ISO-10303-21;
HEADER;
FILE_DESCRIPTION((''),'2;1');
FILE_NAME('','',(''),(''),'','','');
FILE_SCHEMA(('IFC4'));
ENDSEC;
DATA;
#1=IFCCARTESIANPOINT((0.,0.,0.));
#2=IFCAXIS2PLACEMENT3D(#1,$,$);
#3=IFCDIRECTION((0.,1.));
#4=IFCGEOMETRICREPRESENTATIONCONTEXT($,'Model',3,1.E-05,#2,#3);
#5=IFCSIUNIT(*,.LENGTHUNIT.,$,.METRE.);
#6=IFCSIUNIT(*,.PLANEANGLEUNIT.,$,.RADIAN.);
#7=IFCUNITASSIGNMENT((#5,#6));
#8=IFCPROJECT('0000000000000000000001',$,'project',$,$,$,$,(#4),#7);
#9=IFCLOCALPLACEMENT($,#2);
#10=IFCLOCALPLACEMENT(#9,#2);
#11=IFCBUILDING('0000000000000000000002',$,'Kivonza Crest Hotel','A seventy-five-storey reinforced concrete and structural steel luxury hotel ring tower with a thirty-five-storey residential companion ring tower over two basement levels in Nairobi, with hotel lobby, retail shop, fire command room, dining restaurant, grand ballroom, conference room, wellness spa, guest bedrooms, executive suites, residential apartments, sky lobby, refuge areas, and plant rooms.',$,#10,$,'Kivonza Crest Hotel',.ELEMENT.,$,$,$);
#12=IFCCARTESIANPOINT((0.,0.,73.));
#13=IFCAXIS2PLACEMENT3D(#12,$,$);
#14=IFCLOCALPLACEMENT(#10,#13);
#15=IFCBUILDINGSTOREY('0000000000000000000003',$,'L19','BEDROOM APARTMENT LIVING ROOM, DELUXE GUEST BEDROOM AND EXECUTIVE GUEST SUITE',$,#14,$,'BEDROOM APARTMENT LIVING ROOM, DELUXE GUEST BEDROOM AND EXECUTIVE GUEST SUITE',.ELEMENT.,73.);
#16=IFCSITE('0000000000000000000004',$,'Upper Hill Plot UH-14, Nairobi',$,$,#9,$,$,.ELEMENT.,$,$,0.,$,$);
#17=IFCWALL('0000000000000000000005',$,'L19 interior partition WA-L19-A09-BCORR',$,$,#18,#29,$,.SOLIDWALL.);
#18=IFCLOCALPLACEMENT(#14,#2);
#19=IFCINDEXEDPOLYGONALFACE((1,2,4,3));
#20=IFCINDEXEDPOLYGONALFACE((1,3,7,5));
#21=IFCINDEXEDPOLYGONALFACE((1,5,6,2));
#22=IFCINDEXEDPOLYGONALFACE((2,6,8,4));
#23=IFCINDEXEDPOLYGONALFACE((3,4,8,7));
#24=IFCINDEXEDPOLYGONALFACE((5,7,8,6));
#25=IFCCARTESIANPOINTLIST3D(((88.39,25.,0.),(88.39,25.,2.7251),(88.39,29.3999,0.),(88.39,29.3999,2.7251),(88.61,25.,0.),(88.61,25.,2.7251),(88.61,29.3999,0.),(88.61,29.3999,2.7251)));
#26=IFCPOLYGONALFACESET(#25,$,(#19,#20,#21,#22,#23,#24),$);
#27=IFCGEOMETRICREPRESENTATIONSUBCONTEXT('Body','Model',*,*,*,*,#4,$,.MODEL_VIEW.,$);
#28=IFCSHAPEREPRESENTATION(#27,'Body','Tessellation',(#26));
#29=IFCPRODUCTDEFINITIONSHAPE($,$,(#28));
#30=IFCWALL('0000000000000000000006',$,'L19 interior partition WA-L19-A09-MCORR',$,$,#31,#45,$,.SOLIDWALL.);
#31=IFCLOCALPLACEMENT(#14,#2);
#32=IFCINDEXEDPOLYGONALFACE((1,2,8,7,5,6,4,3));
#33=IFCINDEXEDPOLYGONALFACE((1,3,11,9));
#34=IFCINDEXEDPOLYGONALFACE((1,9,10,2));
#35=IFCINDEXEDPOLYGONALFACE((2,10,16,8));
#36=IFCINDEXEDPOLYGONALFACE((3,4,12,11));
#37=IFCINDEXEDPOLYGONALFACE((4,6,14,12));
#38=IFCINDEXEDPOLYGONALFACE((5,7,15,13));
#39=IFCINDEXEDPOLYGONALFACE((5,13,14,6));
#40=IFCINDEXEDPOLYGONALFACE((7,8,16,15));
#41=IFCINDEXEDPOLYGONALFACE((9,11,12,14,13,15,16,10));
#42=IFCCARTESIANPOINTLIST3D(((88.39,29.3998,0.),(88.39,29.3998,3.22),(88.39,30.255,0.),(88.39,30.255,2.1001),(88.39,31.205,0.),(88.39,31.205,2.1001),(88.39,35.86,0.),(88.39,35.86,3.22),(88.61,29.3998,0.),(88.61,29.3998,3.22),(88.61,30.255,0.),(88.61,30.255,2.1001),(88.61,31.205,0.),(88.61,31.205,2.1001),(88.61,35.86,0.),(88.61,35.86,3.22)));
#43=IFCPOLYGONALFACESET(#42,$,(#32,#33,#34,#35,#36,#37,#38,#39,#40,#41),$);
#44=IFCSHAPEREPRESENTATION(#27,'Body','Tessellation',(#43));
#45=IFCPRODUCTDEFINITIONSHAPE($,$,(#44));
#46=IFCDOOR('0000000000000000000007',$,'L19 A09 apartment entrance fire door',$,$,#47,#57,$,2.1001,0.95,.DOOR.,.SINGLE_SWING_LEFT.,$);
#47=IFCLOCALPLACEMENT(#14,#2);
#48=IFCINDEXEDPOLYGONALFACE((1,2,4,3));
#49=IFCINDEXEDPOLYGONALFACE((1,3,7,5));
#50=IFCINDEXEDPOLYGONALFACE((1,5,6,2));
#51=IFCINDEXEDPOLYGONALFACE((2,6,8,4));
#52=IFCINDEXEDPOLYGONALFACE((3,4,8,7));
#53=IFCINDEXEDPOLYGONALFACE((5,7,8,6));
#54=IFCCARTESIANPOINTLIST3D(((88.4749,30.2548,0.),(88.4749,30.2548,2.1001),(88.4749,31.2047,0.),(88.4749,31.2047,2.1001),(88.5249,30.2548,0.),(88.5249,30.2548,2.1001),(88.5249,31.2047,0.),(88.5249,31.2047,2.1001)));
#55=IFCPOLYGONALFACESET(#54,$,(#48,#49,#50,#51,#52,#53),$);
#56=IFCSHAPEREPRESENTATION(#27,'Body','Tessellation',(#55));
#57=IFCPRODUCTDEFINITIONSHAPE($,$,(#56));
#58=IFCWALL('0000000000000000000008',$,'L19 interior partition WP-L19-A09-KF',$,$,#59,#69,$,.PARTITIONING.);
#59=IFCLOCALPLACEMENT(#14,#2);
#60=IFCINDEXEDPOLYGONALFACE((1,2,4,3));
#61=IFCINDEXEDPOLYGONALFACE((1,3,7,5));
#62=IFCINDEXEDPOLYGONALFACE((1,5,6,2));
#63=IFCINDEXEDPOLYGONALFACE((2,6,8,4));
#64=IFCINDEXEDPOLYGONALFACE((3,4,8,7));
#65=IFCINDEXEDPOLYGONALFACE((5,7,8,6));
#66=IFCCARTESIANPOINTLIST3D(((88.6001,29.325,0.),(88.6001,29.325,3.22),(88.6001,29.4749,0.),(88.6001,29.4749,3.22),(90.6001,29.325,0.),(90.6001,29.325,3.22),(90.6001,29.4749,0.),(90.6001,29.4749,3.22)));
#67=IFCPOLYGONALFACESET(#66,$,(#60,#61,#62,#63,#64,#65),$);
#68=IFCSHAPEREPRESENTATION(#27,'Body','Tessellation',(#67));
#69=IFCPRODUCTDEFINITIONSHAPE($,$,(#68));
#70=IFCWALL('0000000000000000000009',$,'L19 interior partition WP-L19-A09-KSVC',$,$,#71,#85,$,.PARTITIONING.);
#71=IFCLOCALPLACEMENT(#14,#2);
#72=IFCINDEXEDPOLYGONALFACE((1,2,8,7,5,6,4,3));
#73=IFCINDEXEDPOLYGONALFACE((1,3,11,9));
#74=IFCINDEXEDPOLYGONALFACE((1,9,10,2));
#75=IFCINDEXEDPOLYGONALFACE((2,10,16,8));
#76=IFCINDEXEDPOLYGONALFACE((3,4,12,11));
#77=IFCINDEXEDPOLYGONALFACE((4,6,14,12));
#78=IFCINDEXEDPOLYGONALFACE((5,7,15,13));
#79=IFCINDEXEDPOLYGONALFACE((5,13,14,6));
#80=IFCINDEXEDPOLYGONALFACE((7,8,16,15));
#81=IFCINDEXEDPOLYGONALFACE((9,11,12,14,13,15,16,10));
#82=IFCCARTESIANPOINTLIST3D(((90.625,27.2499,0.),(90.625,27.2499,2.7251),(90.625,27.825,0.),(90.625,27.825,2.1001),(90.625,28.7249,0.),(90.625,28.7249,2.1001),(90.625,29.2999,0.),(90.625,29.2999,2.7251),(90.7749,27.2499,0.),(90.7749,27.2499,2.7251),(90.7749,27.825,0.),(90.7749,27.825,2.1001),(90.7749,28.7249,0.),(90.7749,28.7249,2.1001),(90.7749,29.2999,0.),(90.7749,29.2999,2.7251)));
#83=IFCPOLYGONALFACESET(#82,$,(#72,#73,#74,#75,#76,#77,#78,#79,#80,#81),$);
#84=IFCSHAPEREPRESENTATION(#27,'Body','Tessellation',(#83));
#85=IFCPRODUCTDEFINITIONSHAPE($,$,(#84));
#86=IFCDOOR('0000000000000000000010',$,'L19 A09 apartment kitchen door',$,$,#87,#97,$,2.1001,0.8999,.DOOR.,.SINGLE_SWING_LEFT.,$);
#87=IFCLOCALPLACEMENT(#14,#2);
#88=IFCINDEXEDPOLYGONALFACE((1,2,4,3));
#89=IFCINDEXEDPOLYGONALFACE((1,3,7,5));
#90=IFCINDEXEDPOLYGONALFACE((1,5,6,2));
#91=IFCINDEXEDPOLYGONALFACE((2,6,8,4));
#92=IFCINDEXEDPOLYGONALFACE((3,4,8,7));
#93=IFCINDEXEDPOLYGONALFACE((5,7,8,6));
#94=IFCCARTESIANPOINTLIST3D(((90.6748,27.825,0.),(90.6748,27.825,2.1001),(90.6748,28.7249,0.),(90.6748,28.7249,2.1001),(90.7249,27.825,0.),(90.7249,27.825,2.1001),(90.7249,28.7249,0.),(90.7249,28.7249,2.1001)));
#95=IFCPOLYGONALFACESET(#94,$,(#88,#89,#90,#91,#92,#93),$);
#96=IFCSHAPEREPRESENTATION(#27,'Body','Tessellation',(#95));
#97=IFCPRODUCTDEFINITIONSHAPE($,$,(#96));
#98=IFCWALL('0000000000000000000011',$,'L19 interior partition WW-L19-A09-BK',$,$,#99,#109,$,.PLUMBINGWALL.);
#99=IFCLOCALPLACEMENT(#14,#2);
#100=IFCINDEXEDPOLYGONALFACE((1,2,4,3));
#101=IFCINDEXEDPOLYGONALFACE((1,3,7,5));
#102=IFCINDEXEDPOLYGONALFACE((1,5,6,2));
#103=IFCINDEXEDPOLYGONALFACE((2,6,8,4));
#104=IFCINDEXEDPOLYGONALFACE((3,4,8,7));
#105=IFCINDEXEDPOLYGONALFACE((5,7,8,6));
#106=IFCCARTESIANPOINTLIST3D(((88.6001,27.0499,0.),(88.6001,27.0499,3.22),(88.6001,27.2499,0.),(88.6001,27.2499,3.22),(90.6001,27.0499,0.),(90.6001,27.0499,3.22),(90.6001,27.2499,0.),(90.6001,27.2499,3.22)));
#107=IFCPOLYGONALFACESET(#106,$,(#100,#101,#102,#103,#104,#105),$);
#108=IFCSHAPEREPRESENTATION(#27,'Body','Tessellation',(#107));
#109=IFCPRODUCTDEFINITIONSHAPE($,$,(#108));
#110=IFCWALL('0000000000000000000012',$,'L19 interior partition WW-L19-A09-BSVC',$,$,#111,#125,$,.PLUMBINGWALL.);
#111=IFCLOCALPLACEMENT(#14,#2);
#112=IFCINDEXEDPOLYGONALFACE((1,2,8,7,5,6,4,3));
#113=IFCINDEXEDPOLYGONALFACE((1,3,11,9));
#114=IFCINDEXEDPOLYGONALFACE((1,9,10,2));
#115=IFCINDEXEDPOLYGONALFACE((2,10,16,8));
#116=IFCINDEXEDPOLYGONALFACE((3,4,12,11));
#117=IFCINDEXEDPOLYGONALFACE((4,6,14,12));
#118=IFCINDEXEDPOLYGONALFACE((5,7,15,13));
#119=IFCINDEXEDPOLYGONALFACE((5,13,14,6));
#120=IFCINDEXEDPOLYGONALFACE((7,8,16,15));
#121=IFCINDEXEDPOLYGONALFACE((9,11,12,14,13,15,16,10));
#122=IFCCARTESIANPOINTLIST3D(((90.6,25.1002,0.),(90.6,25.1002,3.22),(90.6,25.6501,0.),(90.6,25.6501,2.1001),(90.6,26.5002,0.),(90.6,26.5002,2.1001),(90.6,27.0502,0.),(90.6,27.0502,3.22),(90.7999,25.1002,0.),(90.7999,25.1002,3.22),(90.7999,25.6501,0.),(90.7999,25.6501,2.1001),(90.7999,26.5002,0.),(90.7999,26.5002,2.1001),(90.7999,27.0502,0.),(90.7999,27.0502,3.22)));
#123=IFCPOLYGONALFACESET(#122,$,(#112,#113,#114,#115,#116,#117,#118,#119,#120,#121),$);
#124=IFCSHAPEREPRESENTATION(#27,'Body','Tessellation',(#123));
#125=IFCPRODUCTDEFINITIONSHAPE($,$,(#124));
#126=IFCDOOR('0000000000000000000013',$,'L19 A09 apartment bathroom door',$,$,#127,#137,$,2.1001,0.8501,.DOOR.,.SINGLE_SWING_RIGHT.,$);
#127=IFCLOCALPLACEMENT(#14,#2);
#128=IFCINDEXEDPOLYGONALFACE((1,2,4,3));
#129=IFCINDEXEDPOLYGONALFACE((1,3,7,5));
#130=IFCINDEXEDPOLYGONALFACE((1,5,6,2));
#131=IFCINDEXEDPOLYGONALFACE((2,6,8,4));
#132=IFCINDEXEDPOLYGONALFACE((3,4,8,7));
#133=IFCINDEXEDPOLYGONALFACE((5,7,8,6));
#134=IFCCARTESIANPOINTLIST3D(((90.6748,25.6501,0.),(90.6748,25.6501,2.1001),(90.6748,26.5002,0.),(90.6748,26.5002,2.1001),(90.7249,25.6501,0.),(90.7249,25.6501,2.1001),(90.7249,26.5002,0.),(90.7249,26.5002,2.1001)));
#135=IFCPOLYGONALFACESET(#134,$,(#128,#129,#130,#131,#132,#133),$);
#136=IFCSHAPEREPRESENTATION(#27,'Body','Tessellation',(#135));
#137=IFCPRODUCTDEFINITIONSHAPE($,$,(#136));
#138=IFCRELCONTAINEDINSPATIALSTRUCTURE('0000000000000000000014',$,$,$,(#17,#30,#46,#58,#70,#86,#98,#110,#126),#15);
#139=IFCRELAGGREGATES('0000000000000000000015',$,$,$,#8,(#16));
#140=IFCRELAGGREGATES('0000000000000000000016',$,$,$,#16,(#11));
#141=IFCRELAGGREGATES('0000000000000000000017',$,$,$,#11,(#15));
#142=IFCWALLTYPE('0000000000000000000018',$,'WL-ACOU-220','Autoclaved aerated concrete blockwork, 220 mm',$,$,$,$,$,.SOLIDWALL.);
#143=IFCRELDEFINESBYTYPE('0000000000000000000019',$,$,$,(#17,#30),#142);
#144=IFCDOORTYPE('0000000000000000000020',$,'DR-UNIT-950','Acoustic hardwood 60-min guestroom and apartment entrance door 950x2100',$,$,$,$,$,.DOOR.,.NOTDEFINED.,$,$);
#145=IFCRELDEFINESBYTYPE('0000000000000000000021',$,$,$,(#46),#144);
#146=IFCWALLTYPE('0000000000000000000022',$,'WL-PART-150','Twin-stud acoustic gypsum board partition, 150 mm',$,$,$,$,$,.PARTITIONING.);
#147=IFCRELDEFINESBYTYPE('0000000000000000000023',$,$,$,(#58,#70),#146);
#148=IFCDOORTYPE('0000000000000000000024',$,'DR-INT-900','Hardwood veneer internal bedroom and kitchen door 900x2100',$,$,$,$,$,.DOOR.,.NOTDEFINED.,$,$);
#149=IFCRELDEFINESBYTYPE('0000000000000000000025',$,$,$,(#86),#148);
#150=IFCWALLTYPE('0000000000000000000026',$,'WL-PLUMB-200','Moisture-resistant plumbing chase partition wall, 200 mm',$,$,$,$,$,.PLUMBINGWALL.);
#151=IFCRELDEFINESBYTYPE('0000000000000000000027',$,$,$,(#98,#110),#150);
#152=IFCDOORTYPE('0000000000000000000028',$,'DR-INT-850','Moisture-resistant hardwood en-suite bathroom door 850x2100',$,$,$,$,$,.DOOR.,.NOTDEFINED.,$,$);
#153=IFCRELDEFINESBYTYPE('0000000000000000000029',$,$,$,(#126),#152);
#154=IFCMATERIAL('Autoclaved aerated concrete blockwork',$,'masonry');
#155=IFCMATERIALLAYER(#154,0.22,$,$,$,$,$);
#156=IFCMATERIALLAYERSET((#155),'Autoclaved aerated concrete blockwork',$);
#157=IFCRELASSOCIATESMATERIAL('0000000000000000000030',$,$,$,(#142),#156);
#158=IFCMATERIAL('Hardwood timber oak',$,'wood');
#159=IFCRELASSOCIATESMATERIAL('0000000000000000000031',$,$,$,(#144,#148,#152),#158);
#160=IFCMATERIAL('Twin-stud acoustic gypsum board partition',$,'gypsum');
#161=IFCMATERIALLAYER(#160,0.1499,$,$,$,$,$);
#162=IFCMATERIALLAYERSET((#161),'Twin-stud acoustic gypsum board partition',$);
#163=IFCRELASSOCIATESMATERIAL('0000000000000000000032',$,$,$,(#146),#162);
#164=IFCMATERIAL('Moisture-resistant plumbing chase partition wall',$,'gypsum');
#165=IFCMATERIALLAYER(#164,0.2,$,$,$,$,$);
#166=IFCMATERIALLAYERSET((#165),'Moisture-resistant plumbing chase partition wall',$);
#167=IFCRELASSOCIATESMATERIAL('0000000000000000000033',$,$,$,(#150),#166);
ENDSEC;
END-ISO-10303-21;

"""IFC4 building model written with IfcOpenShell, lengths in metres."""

from ifc_helpers import new_model, si_unit, direction, frame, frame_2d, origin, place, context, subcontext, project, spatial, rectangle, extrude, material, layer, layer_set, type_object, element, fill, save


model = new_model("IFC4")

# Units and contexts
model_context = context("Model", 3, precision=1e-05, world=origin(), true_north=direction((0.0, 1.0)))
body_context = subcontext(model_context, "Body", "Model", "MODEL_VIEW")
ifc_project = project(units=[si_unit("LENGTHUNIT", "METRE"), si_unit("PLANEANGLEUNIT", "RADIAN")], contexts=[model_context])

# Site, building, storey
site_placement = place(None, origin())
site = spatial("IfcSite", under=ifc_project, at=site_placement, Name="Upper Hill Plot UH-14, Nairobi", CompositionType="ELEMENT", RefElevation=0.0)
building_placement = place(site_placement, origin())
building = spatial("IfcBuilding", under=site, at=building_placement, Name="Kivonza Crest Hotel", Description="A seventy-five-storey reinforced concrete and structural steel luxury hotel ring tower with a thirty-five-storey residential companion ring tower over two basement levels in Nairobi, with hotel lobby, retail shop, fire command room, dining restaurant, grand ballroom, conference room, wellness spa, guest bedrooms, executive suites, residential apartments, sky lobby, refuge areas, and plant rooms.", LongName="Kivonza Crest Hotel", CompositionType="ELEMENT")
storey_placement = place(building_placement, frame((0.0, 0.0, 73.0)))
storey = spatial("IfcBuildingStorey", under=building, at=storey_placement, Name="L19", Description="BEDROOM APARTMENT LIVING ROOM, DELUXE GUEST BEDROOM AND EXECUTIVE GUEST SUITE", LongName="BEDROOM APARTMENT LIVING ROOM, DELUXE GUEST BEDROOM AND EXECUTIVE GUEST SUITE", CompositionType="ELEMENT", Elevation=73.0)

# Wall
ifc_material_1 = material(Name="Autoclaved aerated concrete blockwork", Category="masonry")
ifc_layer_1 = layer(ifc_material_1, 0.22)
ifc_layer_set_1 = layer_set([ifc_layer_1], Name="Autoclaved aerated concrete blockwork")
wall_type_1 = type_object("IfcWallType", Name="WL-ACOU-220", Description="Autoclaved aerated concrete blockwork, 220 mm", PredefinedType="SOLIDWALL", material=ifc_layer_set_1)
wall_1_placement = place(storey_placement, frame((88.5, 25.0, 0.0), z_axis=(0.0, 0.0, 1.0), x_axis=(0.0, 1.0, 0.0)))
element("IfcWall", 1, at=wall_1_placement, inside=storey, type_object=wall_type_1, Name="L19 interior partition WA-L19-A09-BCORR", PredefinedType="SOLIDWALL", context=body_context, shape_type="SweptSolid", body=[
    extrude(rectangle(XDim=4.3999, YDim=0.22, at=frame_2d((2.2, 0.0))), origin(), (0.0, 0.0, 1.0), 2.7251),
])

# Wall, opening, door
wall_2_placement = place(storey_placement, frame((88.5, 29.3999, 0.0), z_axis=(0.0, 0.0, 1.0), x_axis=(0.0, 1.0, 0.0)))
wall_2 = element("IfcWall", 2, at=wall_2_placement, inside=storey, type_object=wall_type_1, Name="L19 interior partition WA-L19-A09-MCORR", PredefinedType="SOLIDWALL", context=body_context, shape_type="SweptSolid", body=[
    extrude(rectangle(XDim=6.4602, YDim=0.22, at=frame_2d((3.23, 0.0))), origin(), (0.0, 0.0, 1.0), 3.22),
])
opening_1_placement = place(wall_2_placement, frame((0.855, 0.0, 0.0)))
opening_1 = element("IfcOpeningElement", 3, at=opening_1_placement, cuts=wall_2, PredefinedType="OPENING", context=body_context, shape_type="SweptSolid", body=[
    extrude(rectangle(XDim=0.95, YDim=2.1001, at=frame_2d((0.4751, 1.05))), frame((0.0, 0.1201, 0.0), z_axis=(0.0, -1.0, 0.0), x_axis=(1.0, 0.0, 0.0)), (0.0, 0.0, 1.0), 0.24),
])
ifc_material_2 = material(Name="Hardwood timber oak", Category="wood")
door_type_1 = type_object("IfcDoorType", Name="DR-UNIT-950", Description="Acoustic hardwood 60-min guestroom and apartment entrance door 950x2100", OperationType="NOTDEFINED", PredefinedType="DOOR", material=ifc_material_2)
door_1_placement = place(opening_1_placement, frame((0.95, 0.0, 0.0), z_axis=(0.0, 0.0, 1.0), x_axis=(-1.0, 0.0, 0.0)))
door_1 = element("IfcDoor", 4, at=door_1_placement, inside=storey, type_object=door_type_1, Name="L19 A09 apartment entrance fire door", OperationType="SINGLE_SWING_LEFT", OverallHeight=2.1001, OverallWidth=0.95, PredefinedType="DOOR", context=body_context, shape_type="SweptSolid", body=[
    extrude(rectangle(XDim=0.95, YDim=2.1001, at=frame_2d((0.4751, 1.05))), frame((0.0, 0.0249, 0.0), z_axis=(0.0, -1.0, 0.0), x_axis=(1.0, 0.0, 0.0)), (0.0, 0.0, 1.0), 0.05),
])
fill(opening_1, door_1)

# Wall
ifc_material_3 = material(Name="Twin-stud acoustic gypsum board partition", Category="gypsum")
ifc_layer_2 = layer(ifc_material_3, 0.1499)
ifc_layer_set_2 = layer_set([ifc_layer_2], Name="Twin-stud acoustic gypsum board partition")
wall_type_2 = type_object("IfcWallType", Name="WL-PART-150", Description="Twin-stud acoustic gypsum board partition, 150 mm", PredefinedType="PARTITIONING", material=ifc_layer_set_2)
wall_3_placement = place(storey_placement, frame((88.6001, 29.3999, 0.0), z_axis=(0.0, 0.0, 1.0), x_axis=(1.0, 0.0, 0.0)))
element("IfcWall", 5, at=wall_3_placement, inside=storey, type_object=wall_type_2, Name="L19 interior partition WP-L19-A09-KF", PredefinedType="PARTITIONING", context=body_context, shape_type="SweptSolid", body=[
    extrude(rectangle(XDim=2.0, YDim=0.1499, at=frame_2d((1.0, 0.0))), origin(), (0.0, 0.0, 1.0), 3.22),
])

# Wall, opening, door
wall_4_placement = place(storey_placement, frame((90.7, 27.25, 0.0), z_axis=(0.0, 0.0, 1.0), x_axis=(0.0, 1.0, 0.0)))
wall_4 = element("IfcWall", 6, at=wall_4_placement, inside=storey, type_object=wall_type_2, Name="L19 interior partition WP-L19-A09-KSVC", PredefinedType="PARTITIONING", context=body_context, shape_type="SweptSolid", body=[
    extrude(rectangle(XDim=2.05, YDim=0.1499, at=frame_2d((1.0249, 0.0))), origin(), (0.0, 0.0, 1.0), 2.7251),
])
opening_2_placement = place(wall_4_placement, frame((0.575, 0.0, 0.0)))
opening_2 = element("IfcOpeningElement", 7, at=opening_2_placement, cuts=wall_4, PredefinedType="OPENING", context=body_context, shape_type="SweptSolid", body=[
    extrude(rectangle(XDim=0.8999, YDim=2.1001, at=frame_2d((0.45, 1.05))), frame((0.0, 0.085, 0.0), z_axis=(0.0, -1.0, 0.0), x_axis=(1.0, 0.0, 0.0)), (0.0, 0.0, 1.0), 0.1699),
])
door_type_2 = type_object("IfcDoorType", Name="DR-INT-900", Description="Hardwood veneer internal bedroom and kitchen door 900x2100", OperationType="NOTDEFINED", PredefinedType="DOOR", material=ifc_material_2)
door_2_placement = place(opening_2_placement, frame((0.8999, 0.0, 0.0), z_axis=(0.0, 0.0, 1.0), x_axis=(-1.0, 0.0, 0.0)))
door_2 = element("IfcDoor", 8, at=door_2_placement, inside=storey, type_object=door_type_2, Name="L19 A09 apartment kitchen door", OperationType="SINGLE_SWING_LEFT", OverallHeight=2.1001, OverallWidth=0.8999, PredefinedType="DOOR", context=body_context, shape_type="SweptSolid", body=[
    extrude(rectangle(XDim=0.8999, YDim=2.1001, at=frame_2d((0.45, 1.05))), frame((0.0, 0.0249, 0.0), z_axis=(0.0, -1.0, 0.0), x_axis=(1.0, 0.0, 0.0)), (0.0, 0.0, 1.0), 0.05),
])
fill(opening_2, door_2)

# Wall
ifc_material_4 = material(Name="Moisture-resistant plumbing chase partition wall", Category="gypsum")
ifc_layer_3 = layer(ifc_material_4, 0.2)
ifc_layer_set_3 = layer_set([ifc_layer_3], Name="Moisture-resistant plumbing chase partition wall")
wall_type_3 = type_object("IfcWallType", Name="WL-PLUMB-200", Description="Moisture-resistant plumbing chase partition wall, 200 mm", PredefinedType="PLUMBINGWALL", material=ifc_layer_set_3)
wall_5_placement = place(storey_placement, frame((88.6001, 27.1499, 0.0), z_axis=(0.0, 0.0, 1.0), x_axis=(1.0, 0.0, 0.0)))
element("IfcWall", 9, at=wall_5_placement, inside=storey, type_object=wall_type_3, Name="L19 interior partition WW-L19-A09-BK", PredefinedType="PLUMBINGWALL", context=body_context, shape_type="SweptSolid", body=[
    extrude(rectangle(XDim=2.0, YDim=0.2, at=frame_2d((1.0, 0.0))), origin(), (0.0, 0.0, 1.0), 3.22),
])

# Wall, opening, door
wall_6_placement = place(storey_placement, frame((90.7, 25.1001, 0.0), z_axis=(0.0, 0.0, 1.0), x_axis=(0.0, 1.0, 0.0)))
wall_6 = element("IfcWall", 10, at=wall_6_placement, inside=storey, type_object=wall_type_3, Name="L19 interior partition WW-L19-A09-BSVC", PredefinedType="PLUMBINGWALL", context=body_context, shape_type="SweptSolid", body=[
    extrude(rectangle(XDim=1.95, YDim=0.2, at=frame_2d((0.9751, 0.0))), origin(), (0.0, 0.0, 1.0), 3.22),
])
opening_3_placement = place(wall_6_placement, frame((0.55, 0.0, 0.0)))
opening_3 = element("IfcOpeningElement", 11, at=opening_3_placement, cuts=wall_6, PredefinedType="OPENING", context=body_context, shape_type="SweptSolid", body=[
    extrude(rectangle(XDim=0.8501, YDim=2.1001, at=frame_2d((0.425, 1.05))), frame((0.0, 0.1099, 0.0), z_axis=(0.0, -1.0, 0.0), x_axis=(1.0, 0.0, 0.0)), (0.0, 0.0, 1.0), 0.22),
])
door_type_3 = type_object("IfcDoorType", Name="DR-INT-850", Description="Moisture-resistant hardwood en-suite bathroom door 850x2100", OperationType="NOTDEFINED", PredefinedType="DOOR", material=ifc_material_2)
door_3_placement = place(opening_3_placement, frame((0.8501, 0.0, 0.0), z_axis=(0.0, 0.0, 1.0), x_axis=(-1.0, 0.0, 0.0)))
door_3 = element("IfcDoor", 12, at=door_3_placement, inside=storey, type_object=door_type_3, Name="L19 A09 apartment bathroom door", OperationType="SINGLE_SWING_RIGHT", OverallHeight=2.1001, OverallWidth=0.8501, PredefinedType="DOOR", context=body_context, shape_type="SweptSolid", body=[
    extrude(rectangle(XDim=0.8501, YDim=2.1001, at=frame_2d((0.425, 1.05))), frame((0.0, 0.0249, 0.0), z_axis=(0.0, -1.0, 0.0), x_axis=(1.0, 0.0, 0.0)), (0.0, 0.0, 1.0), 0.05),
])
fill(opening_3, door_3)

save(model, "model.ifc")
